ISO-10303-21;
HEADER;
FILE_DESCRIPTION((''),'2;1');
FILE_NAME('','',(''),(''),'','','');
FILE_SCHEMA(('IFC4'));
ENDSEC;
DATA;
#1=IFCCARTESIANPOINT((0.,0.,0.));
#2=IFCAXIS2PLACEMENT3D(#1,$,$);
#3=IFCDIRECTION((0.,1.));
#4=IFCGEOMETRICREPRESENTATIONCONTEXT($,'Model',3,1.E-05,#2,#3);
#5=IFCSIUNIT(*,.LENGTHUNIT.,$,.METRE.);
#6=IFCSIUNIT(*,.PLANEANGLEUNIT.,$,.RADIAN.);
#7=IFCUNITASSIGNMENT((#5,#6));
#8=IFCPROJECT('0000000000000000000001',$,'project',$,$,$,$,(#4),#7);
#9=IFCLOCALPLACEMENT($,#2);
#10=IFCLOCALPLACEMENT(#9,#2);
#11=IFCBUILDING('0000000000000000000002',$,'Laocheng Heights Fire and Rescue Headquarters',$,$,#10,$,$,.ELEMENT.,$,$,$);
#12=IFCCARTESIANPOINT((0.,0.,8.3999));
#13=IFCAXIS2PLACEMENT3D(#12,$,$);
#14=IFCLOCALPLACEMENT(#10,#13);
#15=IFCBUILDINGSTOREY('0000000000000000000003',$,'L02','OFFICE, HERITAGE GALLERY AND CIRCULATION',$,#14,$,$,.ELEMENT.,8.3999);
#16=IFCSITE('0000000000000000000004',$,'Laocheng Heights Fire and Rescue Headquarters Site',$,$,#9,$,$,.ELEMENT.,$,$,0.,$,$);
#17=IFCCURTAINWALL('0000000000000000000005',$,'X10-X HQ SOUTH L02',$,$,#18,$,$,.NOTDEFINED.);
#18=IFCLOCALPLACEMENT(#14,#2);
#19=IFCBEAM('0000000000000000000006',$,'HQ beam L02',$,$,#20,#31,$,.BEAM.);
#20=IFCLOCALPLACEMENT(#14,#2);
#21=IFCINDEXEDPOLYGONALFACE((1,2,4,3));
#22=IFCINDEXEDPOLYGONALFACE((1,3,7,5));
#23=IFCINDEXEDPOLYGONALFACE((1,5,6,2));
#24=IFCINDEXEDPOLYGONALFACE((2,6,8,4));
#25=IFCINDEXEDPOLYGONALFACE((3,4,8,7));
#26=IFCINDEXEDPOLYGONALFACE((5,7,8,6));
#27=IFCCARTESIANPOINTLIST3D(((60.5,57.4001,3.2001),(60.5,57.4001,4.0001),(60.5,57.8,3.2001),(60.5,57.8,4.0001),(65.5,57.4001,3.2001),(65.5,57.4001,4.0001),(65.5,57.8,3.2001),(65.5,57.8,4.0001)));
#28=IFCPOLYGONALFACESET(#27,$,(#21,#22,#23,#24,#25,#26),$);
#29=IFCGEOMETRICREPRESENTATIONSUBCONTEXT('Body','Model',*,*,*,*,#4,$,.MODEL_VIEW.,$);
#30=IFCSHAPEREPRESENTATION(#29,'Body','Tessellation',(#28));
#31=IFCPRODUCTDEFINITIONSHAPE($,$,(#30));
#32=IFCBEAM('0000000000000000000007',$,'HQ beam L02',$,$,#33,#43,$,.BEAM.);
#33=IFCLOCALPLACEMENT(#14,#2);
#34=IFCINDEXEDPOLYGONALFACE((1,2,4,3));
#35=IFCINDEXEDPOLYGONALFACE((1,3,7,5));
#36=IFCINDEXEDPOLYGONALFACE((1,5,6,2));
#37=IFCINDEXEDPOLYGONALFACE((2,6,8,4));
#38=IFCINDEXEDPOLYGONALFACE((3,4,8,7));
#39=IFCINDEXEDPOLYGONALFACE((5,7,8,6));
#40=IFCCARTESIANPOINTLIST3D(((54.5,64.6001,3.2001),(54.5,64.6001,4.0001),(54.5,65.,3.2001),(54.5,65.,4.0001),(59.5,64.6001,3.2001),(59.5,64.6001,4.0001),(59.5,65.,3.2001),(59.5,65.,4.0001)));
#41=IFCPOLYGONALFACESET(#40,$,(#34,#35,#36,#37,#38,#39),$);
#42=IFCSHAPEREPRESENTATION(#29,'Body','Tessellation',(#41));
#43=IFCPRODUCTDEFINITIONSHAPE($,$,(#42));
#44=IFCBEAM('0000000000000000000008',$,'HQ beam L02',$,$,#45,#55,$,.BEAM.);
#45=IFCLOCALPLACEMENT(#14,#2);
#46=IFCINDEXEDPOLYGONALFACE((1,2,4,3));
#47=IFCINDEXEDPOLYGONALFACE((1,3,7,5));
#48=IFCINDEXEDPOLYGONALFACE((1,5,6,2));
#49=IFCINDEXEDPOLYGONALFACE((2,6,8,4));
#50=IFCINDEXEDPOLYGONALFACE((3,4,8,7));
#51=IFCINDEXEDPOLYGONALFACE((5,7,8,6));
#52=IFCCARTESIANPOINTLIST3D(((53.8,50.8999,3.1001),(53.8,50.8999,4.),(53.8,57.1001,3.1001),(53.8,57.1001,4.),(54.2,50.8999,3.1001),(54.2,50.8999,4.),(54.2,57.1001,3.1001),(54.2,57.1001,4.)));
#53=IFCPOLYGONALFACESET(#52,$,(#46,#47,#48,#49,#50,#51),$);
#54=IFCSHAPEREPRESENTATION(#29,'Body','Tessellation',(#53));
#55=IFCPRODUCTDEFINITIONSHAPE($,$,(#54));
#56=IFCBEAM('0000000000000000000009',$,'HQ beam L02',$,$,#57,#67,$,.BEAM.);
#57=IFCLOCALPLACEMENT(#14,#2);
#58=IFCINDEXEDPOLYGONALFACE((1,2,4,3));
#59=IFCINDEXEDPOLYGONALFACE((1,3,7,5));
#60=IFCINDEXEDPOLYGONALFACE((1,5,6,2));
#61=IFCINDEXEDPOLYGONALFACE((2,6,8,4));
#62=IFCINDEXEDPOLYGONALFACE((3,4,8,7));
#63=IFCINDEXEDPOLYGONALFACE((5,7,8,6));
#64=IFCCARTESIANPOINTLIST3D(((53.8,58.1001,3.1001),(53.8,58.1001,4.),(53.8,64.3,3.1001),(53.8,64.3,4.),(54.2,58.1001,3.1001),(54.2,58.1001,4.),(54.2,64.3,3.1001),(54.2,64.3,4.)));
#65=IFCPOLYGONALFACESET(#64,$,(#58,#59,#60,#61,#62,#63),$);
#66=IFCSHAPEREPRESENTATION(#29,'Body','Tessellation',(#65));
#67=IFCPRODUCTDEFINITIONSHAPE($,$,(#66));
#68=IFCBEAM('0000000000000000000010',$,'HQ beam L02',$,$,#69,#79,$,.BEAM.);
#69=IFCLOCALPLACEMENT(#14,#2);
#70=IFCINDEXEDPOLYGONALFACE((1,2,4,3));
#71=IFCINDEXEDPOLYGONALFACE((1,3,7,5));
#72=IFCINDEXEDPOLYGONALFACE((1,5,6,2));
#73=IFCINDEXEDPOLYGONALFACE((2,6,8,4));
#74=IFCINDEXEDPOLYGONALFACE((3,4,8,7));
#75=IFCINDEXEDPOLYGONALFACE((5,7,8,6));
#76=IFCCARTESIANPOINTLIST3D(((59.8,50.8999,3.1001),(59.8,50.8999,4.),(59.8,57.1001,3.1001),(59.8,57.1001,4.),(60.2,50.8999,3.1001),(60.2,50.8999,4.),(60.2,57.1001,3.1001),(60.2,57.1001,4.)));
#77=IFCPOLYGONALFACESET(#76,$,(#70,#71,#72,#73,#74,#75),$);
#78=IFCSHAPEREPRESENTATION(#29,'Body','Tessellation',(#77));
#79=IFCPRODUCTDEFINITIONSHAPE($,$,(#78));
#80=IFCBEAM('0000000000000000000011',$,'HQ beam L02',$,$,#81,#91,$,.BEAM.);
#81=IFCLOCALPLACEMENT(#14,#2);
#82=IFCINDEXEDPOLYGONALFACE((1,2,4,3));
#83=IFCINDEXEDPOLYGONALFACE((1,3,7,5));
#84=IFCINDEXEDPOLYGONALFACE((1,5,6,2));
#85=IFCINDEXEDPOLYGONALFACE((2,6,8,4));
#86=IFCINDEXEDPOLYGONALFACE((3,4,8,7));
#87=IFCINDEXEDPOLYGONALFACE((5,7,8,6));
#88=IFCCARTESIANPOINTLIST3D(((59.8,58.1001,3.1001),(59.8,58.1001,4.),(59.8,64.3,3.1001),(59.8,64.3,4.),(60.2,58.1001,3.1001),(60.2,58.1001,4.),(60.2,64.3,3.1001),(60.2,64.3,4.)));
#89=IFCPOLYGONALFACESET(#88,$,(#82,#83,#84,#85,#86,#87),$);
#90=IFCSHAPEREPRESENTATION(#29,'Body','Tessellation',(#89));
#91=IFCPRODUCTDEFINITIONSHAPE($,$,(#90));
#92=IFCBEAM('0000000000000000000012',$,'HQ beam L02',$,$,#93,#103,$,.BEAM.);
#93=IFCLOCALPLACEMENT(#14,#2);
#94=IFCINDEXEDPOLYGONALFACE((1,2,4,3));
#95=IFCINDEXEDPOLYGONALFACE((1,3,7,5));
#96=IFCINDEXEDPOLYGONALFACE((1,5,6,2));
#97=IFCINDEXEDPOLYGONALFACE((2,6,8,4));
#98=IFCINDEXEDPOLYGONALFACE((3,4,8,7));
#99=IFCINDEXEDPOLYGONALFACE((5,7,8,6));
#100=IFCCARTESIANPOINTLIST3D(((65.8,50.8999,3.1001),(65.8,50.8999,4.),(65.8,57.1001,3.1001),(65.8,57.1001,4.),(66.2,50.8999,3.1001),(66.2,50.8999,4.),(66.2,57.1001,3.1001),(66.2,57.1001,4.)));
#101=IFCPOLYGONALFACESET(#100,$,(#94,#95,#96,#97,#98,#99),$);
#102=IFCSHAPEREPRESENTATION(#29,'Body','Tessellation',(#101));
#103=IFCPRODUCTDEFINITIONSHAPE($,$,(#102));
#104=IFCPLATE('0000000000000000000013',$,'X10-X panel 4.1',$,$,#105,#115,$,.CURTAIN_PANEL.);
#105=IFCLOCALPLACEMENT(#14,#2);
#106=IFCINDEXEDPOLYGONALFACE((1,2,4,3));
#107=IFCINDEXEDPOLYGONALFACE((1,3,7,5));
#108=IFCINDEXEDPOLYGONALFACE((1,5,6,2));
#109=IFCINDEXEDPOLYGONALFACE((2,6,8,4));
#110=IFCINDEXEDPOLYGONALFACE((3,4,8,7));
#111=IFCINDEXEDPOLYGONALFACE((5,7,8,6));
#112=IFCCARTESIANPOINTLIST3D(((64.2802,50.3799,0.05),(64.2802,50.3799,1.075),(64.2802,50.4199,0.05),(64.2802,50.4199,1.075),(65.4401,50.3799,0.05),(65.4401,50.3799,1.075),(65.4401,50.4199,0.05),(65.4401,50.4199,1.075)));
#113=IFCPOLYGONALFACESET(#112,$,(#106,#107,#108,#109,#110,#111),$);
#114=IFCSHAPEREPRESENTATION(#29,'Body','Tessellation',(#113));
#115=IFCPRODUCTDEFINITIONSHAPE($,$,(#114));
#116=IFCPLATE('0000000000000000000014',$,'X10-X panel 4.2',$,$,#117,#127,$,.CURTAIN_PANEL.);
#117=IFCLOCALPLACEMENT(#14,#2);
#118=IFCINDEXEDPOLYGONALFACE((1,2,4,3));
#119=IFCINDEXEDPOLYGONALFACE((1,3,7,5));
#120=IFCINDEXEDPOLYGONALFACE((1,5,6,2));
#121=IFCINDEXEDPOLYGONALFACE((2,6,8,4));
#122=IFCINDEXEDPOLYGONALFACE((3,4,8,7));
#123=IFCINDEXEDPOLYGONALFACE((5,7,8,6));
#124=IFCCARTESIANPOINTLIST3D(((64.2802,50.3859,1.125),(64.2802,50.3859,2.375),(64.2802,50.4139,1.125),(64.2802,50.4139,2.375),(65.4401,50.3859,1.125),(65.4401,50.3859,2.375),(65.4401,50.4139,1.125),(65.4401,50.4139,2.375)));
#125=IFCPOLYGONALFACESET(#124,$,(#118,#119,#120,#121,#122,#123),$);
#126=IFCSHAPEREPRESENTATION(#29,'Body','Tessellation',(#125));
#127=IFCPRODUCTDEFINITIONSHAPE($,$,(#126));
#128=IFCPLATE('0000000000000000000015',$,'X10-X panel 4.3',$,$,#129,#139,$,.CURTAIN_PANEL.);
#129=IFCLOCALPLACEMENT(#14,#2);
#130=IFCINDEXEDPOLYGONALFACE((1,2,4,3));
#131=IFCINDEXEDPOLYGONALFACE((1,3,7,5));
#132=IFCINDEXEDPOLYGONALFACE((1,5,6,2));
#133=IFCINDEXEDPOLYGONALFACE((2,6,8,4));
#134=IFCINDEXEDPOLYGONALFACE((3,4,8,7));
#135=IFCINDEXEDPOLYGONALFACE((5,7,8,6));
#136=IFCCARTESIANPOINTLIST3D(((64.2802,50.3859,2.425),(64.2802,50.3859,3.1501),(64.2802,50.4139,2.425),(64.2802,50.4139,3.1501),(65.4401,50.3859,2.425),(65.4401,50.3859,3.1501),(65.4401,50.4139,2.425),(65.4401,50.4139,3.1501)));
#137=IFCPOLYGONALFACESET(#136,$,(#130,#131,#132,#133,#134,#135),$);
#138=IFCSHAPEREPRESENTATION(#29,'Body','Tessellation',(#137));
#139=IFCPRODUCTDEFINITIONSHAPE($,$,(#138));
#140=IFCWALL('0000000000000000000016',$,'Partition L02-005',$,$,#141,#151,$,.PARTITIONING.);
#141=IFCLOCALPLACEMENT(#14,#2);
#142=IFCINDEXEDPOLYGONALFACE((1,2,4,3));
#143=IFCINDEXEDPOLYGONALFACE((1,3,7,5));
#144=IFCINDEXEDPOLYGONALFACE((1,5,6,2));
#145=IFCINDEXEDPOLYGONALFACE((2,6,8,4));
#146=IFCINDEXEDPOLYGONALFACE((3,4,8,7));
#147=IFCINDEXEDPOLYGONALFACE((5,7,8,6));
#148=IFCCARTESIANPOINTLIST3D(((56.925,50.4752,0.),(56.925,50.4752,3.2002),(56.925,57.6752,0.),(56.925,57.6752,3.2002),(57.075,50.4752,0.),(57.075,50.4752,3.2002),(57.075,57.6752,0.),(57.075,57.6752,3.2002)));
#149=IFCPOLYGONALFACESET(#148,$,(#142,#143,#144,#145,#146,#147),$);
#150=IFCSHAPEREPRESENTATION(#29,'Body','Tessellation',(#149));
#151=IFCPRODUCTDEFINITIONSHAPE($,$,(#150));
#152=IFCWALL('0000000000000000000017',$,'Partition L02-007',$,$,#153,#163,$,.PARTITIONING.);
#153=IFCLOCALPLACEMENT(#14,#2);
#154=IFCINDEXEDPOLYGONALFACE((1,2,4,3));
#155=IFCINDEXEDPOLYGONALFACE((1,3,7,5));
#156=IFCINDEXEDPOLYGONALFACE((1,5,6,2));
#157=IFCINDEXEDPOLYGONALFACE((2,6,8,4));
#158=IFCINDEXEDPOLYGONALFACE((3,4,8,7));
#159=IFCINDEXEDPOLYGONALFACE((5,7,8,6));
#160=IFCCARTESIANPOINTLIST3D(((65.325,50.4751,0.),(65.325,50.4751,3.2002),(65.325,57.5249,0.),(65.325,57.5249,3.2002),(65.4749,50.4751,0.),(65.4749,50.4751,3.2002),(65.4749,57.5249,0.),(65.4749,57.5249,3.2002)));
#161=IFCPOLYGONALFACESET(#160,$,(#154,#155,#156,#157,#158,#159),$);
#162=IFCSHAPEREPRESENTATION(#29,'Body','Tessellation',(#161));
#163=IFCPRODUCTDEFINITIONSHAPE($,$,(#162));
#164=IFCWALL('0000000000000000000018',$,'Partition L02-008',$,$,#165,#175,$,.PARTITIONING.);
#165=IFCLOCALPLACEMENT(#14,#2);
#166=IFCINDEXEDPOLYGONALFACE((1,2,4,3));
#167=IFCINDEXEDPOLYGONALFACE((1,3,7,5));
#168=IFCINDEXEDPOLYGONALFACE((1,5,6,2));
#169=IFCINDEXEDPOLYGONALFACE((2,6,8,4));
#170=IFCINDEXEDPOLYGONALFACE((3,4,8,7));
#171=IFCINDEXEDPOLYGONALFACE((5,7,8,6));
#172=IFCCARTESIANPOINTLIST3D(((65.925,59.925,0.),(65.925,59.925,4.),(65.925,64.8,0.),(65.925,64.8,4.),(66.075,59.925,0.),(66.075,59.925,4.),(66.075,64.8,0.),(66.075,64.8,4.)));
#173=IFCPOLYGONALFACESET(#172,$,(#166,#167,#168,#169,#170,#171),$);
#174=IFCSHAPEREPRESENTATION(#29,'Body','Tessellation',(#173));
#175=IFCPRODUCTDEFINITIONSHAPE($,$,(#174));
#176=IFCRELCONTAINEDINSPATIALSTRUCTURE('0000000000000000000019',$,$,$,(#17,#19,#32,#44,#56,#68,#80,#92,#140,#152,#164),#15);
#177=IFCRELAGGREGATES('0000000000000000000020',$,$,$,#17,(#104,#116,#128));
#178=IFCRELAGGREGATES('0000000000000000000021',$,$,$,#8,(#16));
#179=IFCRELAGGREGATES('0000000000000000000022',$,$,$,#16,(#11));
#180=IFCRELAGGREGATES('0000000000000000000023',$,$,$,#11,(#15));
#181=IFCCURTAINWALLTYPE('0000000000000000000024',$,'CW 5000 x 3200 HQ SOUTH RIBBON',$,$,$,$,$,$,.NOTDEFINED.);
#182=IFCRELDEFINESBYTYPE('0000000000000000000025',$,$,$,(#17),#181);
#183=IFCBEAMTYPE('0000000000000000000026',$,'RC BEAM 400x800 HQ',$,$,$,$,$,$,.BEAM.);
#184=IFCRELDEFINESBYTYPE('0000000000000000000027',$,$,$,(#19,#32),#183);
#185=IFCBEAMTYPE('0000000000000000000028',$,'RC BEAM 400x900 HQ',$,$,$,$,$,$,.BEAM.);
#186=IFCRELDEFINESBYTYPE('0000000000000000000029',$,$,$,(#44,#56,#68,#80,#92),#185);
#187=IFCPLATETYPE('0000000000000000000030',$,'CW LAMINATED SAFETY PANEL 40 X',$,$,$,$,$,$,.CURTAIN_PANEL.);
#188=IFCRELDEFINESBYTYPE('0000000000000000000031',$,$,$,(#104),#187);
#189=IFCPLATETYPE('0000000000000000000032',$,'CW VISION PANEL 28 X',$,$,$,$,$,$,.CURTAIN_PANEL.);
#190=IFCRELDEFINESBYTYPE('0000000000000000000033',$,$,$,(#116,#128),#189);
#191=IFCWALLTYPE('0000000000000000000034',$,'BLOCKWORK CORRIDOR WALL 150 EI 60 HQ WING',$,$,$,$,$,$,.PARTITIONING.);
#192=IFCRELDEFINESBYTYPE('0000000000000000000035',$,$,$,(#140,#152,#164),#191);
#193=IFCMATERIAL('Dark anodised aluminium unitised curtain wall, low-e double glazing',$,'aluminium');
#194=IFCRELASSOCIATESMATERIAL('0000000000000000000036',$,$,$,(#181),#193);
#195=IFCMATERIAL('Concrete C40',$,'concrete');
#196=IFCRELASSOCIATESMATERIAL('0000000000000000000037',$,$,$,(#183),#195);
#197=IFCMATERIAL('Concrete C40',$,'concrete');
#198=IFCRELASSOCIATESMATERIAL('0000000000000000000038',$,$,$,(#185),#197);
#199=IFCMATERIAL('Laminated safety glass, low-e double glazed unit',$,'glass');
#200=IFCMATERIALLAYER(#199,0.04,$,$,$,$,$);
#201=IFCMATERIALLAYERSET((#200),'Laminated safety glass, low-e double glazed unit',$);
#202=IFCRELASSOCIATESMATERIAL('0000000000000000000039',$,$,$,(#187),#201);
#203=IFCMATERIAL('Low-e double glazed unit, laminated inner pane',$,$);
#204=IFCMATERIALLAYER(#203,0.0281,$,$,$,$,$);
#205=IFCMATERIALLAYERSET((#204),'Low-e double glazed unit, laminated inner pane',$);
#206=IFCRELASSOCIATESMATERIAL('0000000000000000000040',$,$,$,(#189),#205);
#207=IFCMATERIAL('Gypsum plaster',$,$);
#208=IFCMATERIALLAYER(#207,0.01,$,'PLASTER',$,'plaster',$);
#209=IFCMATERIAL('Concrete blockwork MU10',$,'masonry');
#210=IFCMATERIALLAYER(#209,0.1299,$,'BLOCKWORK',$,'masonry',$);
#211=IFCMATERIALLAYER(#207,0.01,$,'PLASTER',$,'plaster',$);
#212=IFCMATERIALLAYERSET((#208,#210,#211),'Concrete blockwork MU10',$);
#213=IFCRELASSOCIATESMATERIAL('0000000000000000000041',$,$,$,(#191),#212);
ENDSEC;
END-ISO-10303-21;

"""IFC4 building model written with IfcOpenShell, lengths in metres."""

from ifc_helpers import new_model, si_unit, direction, frame, frame_2d, origin, origin_2d, place, context, subcontext, project, spatial, rectangle, extrude, material, layer, layer_set, material_profile, profile_set, type_object, element, aggregate, save


model = new_model("IFC4")

# Units and contexts
model_context = context("Model", 3, precision=1e-05, world=origin(), true_north=direction((0.0, 1.0)))
body_context = subcontext(model_context, "Body", "Model", "MODEL_VIEW")
ifc_project = project(units=[si_unit("LENGTHUNIT", "METRE"), si_unit("PLANEANGLEUNIT", "RADIAN")], contexts=[model_context])

# Site, building, storey
site_placement = place(None, origin())
site = spatial("IfcSite", under=ifc_project, at=site_placement, Name="Laocheng Heights Fire and Rescue Headquarters Site", CompositionType="ELEMENT", RefElevation=0.0)
building_placement = place(site_placement, origin())
building = spatial("IfcBuilding", under=site, at=building_placement, Name="Laocheng Heights Fire and Rescue Headquarters", CompositionType="ELEMENT")
storey_placement = place(building_placement, frame((0.0, 0.0, 8.3999)))
storey = spatial("IfcBuildingStorey", under=building, at=storey_placement, Name="L02", Description="OFFICE, HERITAGE GALLERY AND CIRCULATION", CompositionType="ELEMENT", Elevation=8.3999)

# Curtain wall
ifc_material_1 = material(Name="Dark anodised aluminium unitised curtain wall, low-e double glazing", Category="aluminium")
curtain_wall_type = type_object("IfcCurtainWallType", Name="CW 5000 x 3200 HQ SOUTH RIBBON", PredefinedType="NOTDEFINED", material=ifc_material_1)
curtain_wall_placement = place(storey_placement, origin())
curtain_wall = element("IfcCurtainWall", 1, at=curtain_wall_placement, inside=storey, type_object=curtain_wall_type, Name="X10-X HQ SOUTH L02", PredefinedType="NOTDEFINED")

# Beams
ifc_material_2 = material(Name="Concrete C40", Category="concrete")
ifc_material_profile_1 = material_profile(ifc_material_2, rectangle(XDim=0.3999, YDim=0.8, at=origin_2d()), Name="RC BEAM 400x800 HQ")
ifc_profile_set_1 = profile_set([ifc_material_profile_1], Name="Concrete C40")
beam_type_1 = type_object("IfcBeamType", Name="RC BEAM 400x800 HQ", PredefinedType="BEAM", material=ifc_profile_set_1)
for number, where, z_axis, x_axis, name in (
    (2, (60.5, 57.6001, 3.6001), (1.0, 0.0, 0.0), (0.0, 1.0, 0.0), "HQ beam L02"),
    (3, (54.5, 64.8, 3.6001), (1.0, 0.0, 0.0), (0.0, 1.0, 0.0), "HQ beam L02"),
):
    element("IfcBeam", number, at=place(storey_placement, frame(where, z_axis=z_axis, x_axis=x_axis)), inside=storey, type_object=beam_type_1, Name=name, PredefinedType="BEAM", context=body_context, shape_type="SweptSolid", body=[
        extrude(rectangle(XDim=0.3999, YDim=0.8, at=origin_2d()), origin(), (0.0, 0.0, 1.0), 5.0),
    ])
ifc_material_3 = material(Name="Concrete C40", Category="concrete")
ifc_material_profile_2 = material_profile(ifc_material_3, rectangle(XDim=0.3999, YDim=0.8999, at=origin_2d()), Name="RC BEAM 400x900 HQ")
ifc_profile_set_2 = profile_set([ifc_material_profile_2], Name="Concrete C40")
beam_type_2 = type_object("IfcBeamType", Name="RC BEAM 400x900 HQ", PredefinedType="BEAM", material=ifc_profile_set_2)
beam_1_placement = place(storey_placement, frame((54.0, 50.8999, 3.55), z_axis=(0.0, 1.0, 0.0), x_axis=(-1.0, 0.0, 0.0)))
element("IfcBeam", 4, at=beam_1_placement, inside=storey, type_object=beam_type_2, Name="HQ beam L02", PredefinedType="BEAM", context=body_context, shape_type="SweptSolid", body=[
    extrude(rectangle(XDim=0.3999, YDim=0.8999, at=origin_2d()), origin(), (0.0, 0.0, 1.0), 6.2002),
])
beam_2_placement = place(storey_placement, frame((54.0, 58.1001, 3.55), z_axis=(0.0, 1.0, 0.0), x_axis=(-1.0, 0.0, 0.0)))
element("IfcBeam", 5, at=beam_2_placement, inside=storey, type_object=beam_type_2, Name="HQ beam L02", PredefinedType="BEAM", context=body_context, shape_type="SweptSolid", body=[
    extrude(rectangle(XDim=0.3999, YDim=0.8999, at=origin_2d()), origin(), (0.0, 0.0, 1.0), 6.2),
])
beam_3_placement = place(storey_placement, frame((60.0, 50.8999, 3.55), z_axis=(0.0, 1.0, 0.0), x_axis=(-1.0, 0.0, 0.0)))
element("IfcBeam", 6, at=beam_3_placement, inside=storey, type_object=beam_type_2, Name="HQ beam L02", PredefinedType="BEAM", context=body_context, shape_type="SweptSolid", body=[
    extrude(rectangle(XDim=0.3999, YDim=0.8999, at=origin_2d()), origin(), (0.0, 0.0, 1.0), 6.2002),
])
beam_4_placement = place(storey_placement, frame((60.0, 58.1001, 3.55), z_axis=(0.0, 1.0, 0.0), x_axis=(-1.0, 0.0, 0.0)))
element("IfcBeam", 7, at=beam_4_placement, inside=storey, type_object=beam_type_2, Name="HQ beam L02", PredefinedType="BEAM", context=body_context, shape_type="SweptSolid", body=[
    extrude(rectangle(XDim=0.3999, YDim=0.8999, at=origin_2d()), origin(), (0.0, 0.0, 1.0), 6.2),
])
beam_5_placement = place(storey_placement, frame((66.0, 50.8999, 3.55), z_axis=(0.0, 1.0, 0.0), x_axis=(-1.0, 0.0, 0.0)))
element("IfcBeam", 8, at=beam_5_placement, inside=storey, type_object=beam_type_2, Name="HQ beam L02", PredefinedType="BEAM", context=body_context, shape_type="SweptSolid", body=[
    extrude(rectangle(XDim=0.3999, YDim=0.8999, at=origin_2d()), origin(), (0.0, 0.0, 1.0), 6.2002),
])

# Plates
ifc_material_4 = material(Name="Laminated safety glass, low-e double glazed unit", Category="glass")
ifc_layer_1 = layer(ifc_material_4, 0.04)
ifc_layer_set_1 = layer_set([ifc_layer_1], Name="Laminated safety glass, low-e double glazed unit")
plate_type_1 = type_object("IfcPlateType", Name="CW LAMINATED SAFETY PANEL 40 X", PredefinedType="CURTAIN_PANEL", material=ifc_layer_set_1)
plate_1_placement = place(storey_placement, frame((64.8601, 50.3999, 0.05), z_axis=(0.0, 0.0, 1.0), x_axis=(1.0, 0.0, 0.0)))
plate_1 = element("IfcPlate", 9, at=plate_1_placement, type_object=plate_type_1, Name="X10-X panel 4.1", PredefinedType="CURTAIN_PANEL", context=body_context, shape_type="SweptSolid", body=[
    extrude(rectangle(XDim=1.1599, YDim=0.04, at=origin_2d()), origin(), (0.0, 0.0, 1.0), 1.0249),
])
ifc_material_5 = material(Name="Low-e double glazed unit, laminated inner pane")
ifc_layer_2 = layer(ifc_material_5, 0.0281)
ifc_layer_set_2 = layer_set([ifc_layer_2], Name="Low-e double glazed unit, laminated inner pane")
plate_type_2 = type_object("IfcPlateType", Name="CW VISION PANEL 28 X", PredefinedType="CURTAIN_PANEL", material=ifc_layer_set_2)
plate_2_placement = place(storey_placement, frame((64.8601, 50.3999, 1.125), z_axis=(0.0, 0.0, 1.0), x_axis=(1.0, 0.0, 0.0)))
plate_2 = element("IfcPlate", 10, at=plate_2_placement, type_object=plate_type_2, Name="X10-X panel 4.2", PredefinedType="CURTAIN_PANEL", context=body_context, shape_type="SweptSolid", body=[
    extrude(rectangle(XDim=1.1599, YDim=0.0281, at=origin_2d()), origin(), (0.0, 0.0, 1.0), 1.25),
])
plate_3_placement = place(storey_placement, frame((64.8601, 50.3999, 2.425), z_axis=(0.0, 0.0, 1.0), x_axis=(1.0, 0.0, 0.0)))
plate_3 = element("IfcPlate", 11, at=plate_3_placement, type_object=plate_type_2, Name="X10-X panel 4.3", PredefinedType="CURTAIN_PANEL", context=body_context, shape_type="SweptSolid", body=[
    extrude(rectangle(XDim=1.1599, YDim=0.0281, at=origin_2d()), origin(), (0.0, 0.0, 1.0), 0.7251),
])
aggregate(curtain_wall, [plate_1, plate_2, plate_3])

# Walls
ifc_material_6 = material(Name="Gypsum plaster")
ifc_layer_3 = layer(ifc_material_6, 0.01, Name="PLASTER", Category="plaster")
ifc_material_7 = material(Name="Concrete blockwork MU10", Category="masonry")
ifc_layer_4 = layer(ifc_material_7, 0.1299, Name="BLOCKWORK", Category="masonry")
ifc_layer_5 = layer(ifc_material_6, 0.01, Name="PLASTER", Category="plaster")
ifc_layer_set_3 = layer_set([ifc_layer_3, ifc_layer_4, ifc_layer_5], Name="Concrete blockwork MU10")
wall_type_1 = type_object("IfcWallType", Name="BLOCKWORK CORRIDOR WALL 150 EI 60 HQ WING", PredefinedType="PARTITIONING", material=ifc_layer_set_3)
wall_1_placement = place(storey_placement, frame((57.0, 50.4751, 0.0), z_axis=(0.0, 0.0, 1.0), x_axis=(0.0, 1.0, 0.0)))
element("IfcWall", 12, at=wall_1_placement, inside=storey, type_object=wall_type_1, Name="Partition L02-005", PredefinedType="PARTITIONING", context=body_context, shape_type="SweptSolid", body=[
    extrude(rectangle(XDim=7.2, YDim=0.1499, at=frame_2d((3.6001, 0.0))), origin(), (0.0, 0.0, 1.0), 3.2002),
])
wall_2_placement = place(storey_placement, frame((65.3999, 50.4751, 0.0), z_axis=(0.0, 0.0, 1.0), x_axis=(0.0, 1.0, 0.0)))
element("IfcWall", 13, at=wall_2_placement, inside=storey, type_object=wall_type_1, Name="Partition L02-007", PredefinedType="PARTITIONING", context=body_context, shape_type="SweptSolid", body=[
    extrude(rectangle(XDim=7.0498, YDim=0.1499, at=frame_2d((3.5249, 0.0))), origin(), (0.0, 0.0, 1.0), 3.2002),
])
wall_3_placement = place(storey_placement, frame((66.0, 59.925, 0.0), z_axis=(0.0, 0.0, 1.0), x_axis=(0.0, 1.0, 0.0)))
element("IfcWall", 14, at=wall_3_placement, inside=storey, type_object=wall_type_1, Name="Partition L02-008", PredefinedType="PARTITIONING", context=body_context, shape_type="SweptSolid", body=[
    extrude(rectangle(XDim=4.875, YDim=0.1499, at=frame_2d((2.4375, 0.0))), origin(), (0.0, 0.0, 1.0), 4.0),
])

save(model, "model.ifc")
